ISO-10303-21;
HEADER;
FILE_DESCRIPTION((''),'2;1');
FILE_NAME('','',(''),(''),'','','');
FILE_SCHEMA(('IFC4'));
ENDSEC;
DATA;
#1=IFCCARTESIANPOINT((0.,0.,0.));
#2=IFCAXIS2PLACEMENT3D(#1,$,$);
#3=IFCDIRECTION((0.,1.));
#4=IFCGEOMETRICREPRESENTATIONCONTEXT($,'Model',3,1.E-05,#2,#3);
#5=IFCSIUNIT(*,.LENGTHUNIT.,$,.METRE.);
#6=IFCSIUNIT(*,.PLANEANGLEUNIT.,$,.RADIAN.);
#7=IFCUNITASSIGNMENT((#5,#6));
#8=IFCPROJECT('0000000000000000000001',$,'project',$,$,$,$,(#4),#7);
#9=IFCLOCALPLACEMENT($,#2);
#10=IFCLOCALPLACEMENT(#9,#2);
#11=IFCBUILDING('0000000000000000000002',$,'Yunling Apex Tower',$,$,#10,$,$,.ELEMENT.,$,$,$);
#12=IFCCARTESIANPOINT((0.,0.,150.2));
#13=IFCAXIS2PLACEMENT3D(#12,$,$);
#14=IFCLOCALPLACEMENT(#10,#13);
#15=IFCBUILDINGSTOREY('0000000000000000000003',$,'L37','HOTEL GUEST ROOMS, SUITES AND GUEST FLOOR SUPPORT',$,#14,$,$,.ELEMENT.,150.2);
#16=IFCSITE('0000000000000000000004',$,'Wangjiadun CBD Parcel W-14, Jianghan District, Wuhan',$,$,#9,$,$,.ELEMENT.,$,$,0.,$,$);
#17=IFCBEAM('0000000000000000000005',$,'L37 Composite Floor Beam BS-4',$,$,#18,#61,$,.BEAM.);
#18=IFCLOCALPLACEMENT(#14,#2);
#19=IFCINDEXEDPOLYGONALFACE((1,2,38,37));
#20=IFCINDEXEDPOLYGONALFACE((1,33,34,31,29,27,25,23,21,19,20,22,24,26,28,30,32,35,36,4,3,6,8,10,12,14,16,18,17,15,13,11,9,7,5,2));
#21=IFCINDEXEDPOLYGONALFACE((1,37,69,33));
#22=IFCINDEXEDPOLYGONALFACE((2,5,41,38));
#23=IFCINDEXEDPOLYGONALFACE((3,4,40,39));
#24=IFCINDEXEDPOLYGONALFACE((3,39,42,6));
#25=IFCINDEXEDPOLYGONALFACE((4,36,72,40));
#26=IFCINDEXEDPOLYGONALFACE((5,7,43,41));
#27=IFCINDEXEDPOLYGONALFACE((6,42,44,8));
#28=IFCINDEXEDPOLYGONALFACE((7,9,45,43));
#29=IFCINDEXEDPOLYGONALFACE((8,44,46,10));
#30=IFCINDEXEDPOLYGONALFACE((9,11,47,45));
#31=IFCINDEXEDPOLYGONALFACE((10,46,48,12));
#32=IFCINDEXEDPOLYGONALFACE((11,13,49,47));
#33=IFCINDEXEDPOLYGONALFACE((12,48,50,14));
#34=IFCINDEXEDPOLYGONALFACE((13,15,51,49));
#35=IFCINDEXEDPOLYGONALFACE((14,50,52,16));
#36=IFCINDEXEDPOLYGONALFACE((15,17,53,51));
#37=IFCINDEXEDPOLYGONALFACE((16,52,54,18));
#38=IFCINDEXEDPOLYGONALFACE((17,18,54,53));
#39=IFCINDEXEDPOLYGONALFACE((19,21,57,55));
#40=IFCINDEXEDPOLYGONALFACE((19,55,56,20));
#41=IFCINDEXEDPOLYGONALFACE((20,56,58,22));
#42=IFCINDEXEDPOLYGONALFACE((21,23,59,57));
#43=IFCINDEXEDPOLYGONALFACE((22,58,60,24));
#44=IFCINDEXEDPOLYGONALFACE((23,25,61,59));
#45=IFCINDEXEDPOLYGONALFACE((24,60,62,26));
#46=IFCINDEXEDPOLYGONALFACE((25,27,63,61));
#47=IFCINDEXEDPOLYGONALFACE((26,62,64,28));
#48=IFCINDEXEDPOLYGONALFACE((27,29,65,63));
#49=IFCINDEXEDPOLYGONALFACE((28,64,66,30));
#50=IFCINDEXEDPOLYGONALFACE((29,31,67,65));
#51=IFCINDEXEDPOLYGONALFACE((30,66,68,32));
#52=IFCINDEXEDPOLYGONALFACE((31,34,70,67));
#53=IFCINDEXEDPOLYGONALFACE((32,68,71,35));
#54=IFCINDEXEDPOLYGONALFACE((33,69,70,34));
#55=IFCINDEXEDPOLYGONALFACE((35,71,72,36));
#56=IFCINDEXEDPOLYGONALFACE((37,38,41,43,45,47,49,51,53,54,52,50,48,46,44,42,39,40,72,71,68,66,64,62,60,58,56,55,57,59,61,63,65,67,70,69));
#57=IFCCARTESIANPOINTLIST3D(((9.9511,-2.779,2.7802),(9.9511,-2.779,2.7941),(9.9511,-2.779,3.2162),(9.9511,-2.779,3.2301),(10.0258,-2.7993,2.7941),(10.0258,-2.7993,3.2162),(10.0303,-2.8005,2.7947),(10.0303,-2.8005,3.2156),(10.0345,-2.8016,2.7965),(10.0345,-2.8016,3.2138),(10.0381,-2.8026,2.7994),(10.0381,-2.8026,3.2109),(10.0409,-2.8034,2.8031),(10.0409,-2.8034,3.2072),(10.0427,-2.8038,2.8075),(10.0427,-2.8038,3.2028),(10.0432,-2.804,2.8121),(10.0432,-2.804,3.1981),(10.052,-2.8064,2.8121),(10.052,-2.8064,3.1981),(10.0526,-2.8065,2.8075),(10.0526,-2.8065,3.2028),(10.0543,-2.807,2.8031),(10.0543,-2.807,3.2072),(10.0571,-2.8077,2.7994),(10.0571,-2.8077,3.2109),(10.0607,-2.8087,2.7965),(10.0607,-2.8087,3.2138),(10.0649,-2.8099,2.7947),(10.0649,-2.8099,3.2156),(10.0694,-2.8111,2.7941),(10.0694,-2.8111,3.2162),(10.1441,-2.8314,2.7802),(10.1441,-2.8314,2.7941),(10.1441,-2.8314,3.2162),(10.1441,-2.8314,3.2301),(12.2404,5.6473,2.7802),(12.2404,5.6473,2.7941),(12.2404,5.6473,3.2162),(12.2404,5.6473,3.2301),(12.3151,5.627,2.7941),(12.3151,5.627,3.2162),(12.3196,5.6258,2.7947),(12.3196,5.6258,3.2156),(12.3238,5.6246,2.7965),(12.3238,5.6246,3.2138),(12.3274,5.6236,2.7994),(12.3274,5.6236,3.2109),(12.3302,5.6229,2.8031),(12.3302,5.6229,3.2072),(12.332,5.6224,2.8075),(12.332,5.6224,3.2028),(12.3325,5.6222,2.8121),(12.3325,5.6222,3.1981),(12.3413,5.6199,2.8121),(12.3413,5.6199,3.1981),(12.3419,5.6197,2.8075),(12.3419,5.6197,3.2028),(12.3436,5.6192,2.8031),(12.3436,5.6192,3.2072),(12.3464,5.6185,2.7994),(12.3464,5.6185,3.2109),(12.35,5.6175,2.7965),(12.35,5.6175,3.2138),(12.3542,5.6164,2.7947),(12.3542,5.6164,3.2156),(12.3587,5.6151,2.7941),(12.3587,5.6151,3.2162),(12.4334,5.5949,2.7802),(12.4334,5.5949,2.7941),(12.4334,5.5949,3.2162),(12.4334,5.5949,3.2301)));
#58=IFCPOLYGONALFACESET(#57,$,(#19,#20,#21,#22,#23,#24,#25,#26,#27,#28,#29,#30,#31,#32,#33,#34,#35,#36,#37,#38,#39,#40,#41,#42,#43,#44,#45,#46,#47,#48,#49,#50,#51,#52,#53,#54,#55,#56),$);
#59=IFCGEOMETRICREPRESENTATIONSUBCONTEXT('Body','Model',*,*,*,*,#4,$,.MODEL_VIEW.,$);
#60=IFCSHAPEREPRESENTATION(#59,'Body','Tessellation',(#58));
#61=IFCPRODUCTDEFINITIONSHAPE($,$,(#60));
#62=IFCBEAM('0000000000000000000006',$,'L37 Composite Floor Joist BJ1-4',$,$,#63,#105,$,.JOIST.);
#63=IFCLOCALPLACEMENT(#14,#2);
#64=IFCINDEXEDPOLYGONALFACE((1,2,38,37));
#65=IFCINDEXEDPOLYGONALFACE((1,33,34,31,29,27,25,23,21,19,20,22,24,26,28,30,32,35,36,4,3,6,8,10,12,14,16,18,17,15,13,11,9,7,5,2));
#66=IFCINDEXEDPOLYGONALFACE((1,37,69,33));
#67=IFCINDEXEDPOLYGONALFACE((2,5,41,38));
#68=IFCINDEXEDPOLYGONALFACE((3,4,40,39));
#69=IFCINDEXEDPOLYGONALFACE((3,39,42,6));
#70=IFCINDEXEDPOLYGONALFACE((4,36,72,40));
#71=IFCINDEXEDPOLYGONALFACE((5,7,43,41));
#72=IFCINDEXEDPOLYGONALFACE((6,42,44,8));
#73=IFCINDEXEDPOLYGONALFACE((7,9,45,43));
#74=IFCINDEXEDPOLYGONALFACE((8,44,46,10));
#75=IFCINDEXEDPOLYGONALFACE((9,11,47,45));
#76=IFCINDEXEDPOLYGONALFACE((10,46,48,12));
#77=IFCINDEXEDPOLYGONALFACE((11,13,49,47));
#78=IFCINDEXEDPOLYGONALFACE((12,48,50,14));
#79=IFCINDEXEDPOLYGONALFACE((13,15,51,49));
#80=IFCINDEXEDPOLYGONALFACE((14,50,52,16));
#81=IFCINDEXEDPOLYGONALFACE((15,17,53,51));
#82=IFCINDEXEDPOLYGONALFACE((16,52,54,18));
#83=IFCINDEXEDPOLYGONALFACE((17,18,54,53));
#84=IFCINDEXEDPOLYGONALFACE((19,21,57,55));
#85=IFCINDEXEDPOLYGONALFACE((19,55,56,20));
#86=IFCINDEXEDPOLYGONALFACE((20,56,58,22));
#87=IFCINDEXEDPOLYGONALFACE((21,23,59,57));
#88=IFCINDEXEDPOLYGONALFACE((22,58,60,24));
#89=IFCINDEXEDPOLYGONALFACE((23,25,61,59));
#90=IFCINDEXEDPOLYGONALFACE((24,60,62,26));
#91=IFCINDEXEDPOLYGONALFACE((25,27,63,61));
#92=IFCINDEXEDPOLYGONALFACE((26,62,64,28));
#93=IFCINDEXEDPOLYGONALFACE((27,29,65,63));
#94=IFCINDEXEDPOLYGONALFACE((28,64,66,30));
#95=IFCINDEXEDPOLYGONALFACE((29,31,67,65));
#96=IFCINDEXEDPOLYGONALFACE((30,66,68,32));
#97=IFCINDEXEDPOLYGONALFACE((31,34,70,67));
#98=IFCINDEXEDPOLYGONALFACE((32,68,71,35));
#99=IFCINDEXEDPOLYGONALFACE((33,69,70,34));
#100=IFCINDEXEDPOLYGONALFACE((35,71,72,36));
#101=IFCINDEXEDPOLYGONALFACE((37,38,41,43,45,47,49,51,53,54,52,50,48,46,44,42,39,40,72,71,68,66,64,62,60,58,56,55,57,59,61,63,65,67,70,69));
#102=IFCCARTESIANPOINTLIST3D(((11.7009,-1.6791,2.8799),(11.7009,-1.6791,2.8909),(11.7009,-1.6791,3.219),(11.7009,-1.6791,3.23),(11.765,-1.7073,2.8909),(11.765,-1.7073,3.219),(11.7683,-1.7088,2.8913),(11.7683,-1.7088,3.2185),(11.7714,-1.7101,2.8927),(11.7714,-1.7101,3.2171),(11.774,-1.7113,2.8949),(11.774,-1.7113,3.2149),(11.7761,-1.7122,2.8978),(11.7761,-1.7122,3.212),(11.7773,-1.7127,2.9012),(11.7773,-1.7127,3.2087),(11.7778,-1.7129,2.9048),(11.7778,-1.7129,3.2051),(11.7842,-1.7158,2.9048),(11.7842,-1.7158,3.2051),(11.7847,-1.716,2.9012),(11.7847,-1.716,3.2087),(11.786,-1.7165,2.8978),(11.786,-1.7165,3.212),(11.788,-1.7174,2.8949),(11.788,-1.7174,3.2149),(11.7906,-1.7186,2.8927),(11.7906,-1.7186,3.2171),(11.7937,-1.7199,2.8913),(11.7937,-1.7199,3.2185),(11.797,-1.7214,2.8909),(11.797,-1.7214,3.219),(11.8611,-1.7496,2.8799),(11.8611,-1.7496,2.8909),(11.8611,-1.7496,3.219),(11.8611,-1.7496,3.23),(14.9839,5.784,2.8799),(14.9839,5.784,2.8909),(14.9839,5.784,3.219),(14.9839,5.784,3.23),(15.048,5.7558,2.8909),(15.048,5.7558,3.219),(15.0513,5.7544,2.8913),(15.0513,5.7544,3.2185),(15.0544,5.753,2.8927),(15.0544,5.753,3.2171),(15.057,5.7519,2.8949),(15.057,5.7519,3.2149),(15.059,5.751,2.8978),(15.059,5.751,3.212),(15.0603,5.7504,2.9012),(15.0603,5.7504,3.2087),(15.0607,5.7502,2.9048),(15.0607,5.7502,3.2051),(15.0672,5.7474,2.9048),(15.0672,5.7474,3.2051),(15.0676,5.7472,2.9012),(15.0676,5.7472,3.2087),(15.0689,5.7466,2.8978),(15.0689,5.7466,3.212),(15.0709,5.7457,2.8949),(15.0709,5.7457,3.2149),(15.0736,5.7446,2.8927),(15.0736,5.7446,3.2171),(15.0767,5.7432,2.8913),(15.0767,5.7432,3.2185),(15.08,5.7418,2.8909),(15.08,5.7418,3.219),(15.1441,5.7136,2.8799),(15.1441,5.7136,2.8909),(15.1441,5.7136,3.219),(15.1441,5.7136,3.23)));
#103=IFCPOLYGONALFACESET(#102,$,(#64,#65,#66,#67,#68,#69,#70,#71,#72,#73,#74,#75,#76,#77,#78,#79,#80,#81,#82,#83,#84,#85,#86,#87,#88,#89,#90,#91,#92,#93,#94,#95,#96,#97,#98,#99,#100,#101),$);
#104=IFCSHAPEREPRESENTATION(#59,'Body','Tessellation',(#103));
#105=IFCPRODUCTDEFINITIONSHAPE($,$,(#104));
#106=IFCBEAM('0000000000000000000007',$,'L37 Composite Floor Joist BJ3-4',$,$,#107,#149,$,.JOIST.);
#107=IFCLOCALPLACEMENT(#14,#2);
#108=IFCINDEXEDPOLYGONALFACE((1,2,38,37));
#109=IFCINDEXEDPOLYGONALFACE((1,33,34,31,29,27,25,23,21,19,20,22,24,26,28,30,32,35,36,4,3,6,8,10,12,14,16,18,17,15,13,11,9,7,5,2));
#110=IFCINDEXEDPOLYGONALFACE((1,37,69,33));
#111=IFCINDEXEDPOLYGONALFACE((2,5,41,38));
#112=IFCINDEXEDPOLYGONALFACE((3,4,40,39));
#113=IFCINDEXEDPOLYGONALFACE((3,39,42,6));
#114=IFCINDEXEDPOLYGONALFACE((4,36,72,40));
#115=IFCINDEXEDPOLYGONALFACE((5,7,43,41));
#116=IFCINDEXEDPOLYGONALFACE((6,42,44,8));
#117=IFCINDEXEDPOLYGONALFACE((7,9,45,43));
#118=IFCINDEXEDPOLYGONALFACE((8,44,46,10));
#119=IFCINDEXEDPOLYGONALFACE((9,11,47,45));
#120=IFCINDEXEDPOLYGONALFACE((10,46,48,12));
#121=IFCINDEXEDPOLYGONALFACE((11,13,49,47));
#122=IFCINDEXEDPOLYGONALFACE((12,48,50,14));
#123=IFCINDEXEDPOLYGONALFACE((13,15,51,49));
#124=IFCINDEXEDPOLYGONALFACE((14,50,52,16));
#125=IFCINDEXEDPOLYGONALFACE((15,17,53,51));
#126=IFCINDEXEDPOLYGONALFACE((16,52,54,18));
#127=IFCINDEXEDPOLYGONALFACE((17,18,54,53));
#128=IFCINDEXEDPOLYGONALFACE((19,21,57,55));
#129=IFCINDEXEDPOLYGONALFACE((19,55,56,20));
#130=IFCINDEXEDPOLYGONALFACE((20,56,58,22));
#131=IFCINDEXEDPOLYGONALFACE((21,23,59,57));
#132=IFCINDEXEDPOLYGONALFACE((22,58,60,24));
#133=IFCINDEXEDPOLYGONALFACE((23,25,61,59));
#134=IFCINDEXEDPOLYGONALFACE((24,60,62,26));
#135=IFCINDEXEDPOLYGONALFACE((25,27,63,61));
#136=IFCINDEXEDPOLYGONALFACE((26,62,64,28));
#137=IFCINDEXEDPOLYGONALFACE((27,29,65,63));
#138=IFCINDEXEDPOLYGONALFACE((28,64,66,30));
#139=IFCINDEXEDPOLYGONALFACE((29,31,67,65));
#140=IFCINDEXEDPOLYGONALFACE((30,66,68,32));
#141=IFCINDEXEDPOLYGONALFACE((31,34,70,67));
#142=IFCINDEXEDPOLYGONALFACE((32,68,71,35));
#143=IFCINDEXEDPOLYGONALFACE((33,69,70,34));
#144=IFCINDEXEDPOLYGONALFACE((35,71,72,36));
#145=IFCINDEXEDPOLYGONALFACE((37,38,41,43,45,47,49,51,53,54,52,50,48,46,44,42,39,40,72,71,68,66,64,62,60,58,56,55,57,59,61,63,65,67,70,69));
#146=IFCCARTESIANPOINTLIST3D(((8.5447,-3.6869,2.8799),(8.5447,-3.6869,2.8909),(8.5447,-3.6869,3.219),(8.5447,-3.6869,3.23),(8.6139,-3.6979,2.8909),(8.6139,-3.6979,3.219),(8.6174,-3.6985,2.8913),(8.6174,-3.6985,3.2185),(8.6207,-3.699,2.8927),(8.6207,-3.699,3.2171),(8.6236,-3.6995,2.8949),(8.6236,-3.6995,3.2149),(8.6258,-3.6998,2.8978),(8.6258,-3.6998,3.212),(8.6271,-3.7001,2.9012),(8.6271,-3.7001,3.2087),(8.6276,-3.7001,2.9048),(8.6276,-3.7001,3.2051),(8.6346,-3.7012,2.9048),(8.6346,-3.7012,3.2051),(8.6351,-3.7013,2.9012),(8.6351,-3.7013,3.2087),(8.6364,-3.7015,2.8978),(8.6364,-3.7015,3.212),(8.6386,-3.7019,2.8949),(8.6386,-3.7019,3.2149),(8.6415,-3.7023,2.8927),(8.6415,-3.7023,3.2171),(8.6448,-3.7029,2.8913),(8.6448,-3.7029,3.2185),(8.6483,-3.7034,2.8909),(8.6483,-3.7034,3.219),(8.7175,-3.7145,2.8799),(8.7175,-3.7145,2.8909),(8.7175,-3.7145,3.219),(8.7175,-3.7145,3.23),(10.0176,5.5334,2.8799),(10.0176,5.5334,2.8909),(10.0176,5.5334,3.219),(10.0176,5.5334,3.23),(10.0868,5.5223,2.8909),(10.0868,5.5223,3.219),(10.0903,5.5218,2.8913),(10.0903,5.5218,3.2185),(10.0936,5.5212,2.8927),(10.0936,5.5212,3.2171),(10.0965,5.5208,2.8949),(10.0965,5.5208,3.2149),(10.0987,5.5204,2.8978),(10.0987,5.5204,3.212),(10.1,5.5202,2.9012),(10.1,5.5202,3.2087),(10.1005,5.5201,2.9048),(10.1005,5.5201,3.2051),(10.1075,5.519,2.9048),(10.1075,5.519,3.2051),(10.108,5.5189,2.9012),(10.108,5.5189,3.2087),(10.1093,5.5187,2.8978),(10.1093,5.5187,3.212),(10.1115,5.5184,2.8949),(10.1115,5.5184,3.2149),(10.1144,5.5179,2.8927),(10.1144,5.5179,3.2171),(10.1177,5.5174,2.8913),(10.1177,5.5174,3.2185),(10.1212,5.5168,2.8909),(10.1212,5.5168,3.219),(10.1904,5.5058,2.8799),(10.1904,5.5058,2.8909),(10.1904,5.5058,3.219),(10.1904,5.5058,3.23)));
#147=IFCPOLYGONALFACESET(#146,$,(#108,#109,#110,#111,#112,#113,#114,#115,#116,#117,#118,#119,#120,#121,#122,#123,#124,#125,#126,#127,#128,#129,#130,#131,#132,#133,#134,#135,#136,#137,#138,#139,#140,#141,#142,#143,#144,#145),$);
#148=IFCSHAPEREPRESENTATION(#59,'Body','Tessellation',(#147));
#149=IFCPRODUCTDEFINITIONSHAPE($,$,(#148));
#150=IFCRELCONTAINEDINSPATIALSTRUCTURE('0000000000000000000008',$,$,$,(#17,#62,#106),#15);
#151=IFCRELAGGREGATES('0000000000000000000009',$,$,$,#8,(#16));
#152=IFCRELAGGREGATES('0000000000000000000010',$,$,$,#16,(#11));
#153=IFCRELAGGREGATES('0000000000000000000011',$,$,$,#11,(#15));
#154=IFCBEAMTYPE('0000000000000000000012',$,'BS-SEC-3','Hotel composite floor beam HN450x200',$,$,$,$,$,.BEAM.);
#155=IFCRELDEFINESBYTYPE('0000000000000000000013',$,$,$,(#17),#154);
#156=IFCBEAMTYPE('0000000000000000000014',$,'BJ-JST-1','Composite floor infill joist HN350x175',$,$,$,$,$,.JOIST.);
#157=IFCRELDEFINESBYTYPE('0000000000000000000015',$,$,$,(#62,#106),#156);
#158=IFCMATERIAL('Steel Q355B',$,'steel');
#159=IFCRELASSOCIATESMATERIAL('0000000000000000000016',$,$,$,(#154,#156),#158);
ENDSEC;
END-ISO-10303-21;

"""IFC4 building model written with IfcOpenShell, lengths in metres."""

from ifc_helpers import new_model, si_unit, direction, frame, origin, origin_2d, place, context, subcontext, project, spatial, i_section, extrude, source, transform, mapped, material, material_profile, profile_set, type_object, element, save


model = new_model("IFC4")

# Units and contexts
model_context = context("Model", 3, precision=1e-05, world=origin(), true_north=direction((0.0, 1.0)))
body_context = subcontext(model_context, "Body", "Model", "MODEL_VIEW")
ifc_project = project(units=[si_unit("LENGTHUNIT", "METRE"), si_unit("PLANEANGLEUNIT", "RADIAN")], contexts=[model_context])

# Site, building, storey
site_placement = place(None, origin())
site = spatial("IfcSite", under=ifc_project, at=site_placement, Name="Wangjiadun CBD Parcel W-14, Jianghan District, Wuhan", CompositionType="ELEMENT", RefElevation=0.0)
building_placement = place(site_placement, origin())
building = spatial("IfcBuilding", under=site, at=building_placement, Name="Yunling Apex Tower", CompositionType="ELEMENT")
storey_placement = place(building_placement, frame((0.0, 0.0, 150.2)))
storey = spatial("IfcBuildingStorey", under=building, at=storey_placement, Name="L37", Description="HOTEL GUEST ROOMS, SUITES AND GUEST FLOOR SUPPORT", CompositionType="ELEMENT", Elevation=150.2)

# Beams
ifc_material_1 = material(Name="Steel Q355B", Category="steel")
ifc_material_profile_1 = material_profile(ifc_material_1, i_section(OverallWidth=0.2, OverallDepth=0.45, WebThickness=0.009, FlangeThickness=0.0139, FilletRadius=0.0181, at=origin_2d()))
ifc_profile_set_1 = profile_set([ifc_material_profile_1], Name="Steel Q355B")
beam_type_1 = type_object("IfcBeamType", Name="BS-SEC-3", Description="Hotel composite floor beam HN450x200", PredefinedType="BEAM", material=ifc_profile_set_1)
shared_shape_1 = source(origin(), body_context, "Body", "SweptSolid", [
    extrude(i_section(OverallWidth=0.2, OverallDepth=0.45, WebThickness=0.009, FlangeThickness=0.0139, FilletRadius=0.0181, at=origin_2d()), origin(), (0.0, 0.0, 1.0), 8.7317),
])
beam_1_placement = place(storey_placement, frame((10.0476, -2.8052, 3.0051), z_axis=(0.262183, 0.965018, 0.0), x_axis=(-0.965018, 0.262183, 0.0)))
element("IfcBeam", 1, at=beam_1_placement, inside=storey, type_object=beam_type_1, Name="L37 Composite Floor Beam BS-4", PredefinedType="BEAM", context=body_context, shape_type="MappedRepresentation", body=[
    mapped(shared_shape_1, transform((0.0, 0.0, 0.0), scale=1.0)),
])
ifc_material_profile_2 = material_profile(ifc_material_1, i_section(OverallWidth=0.175, OverallDepth=0.3501, WebThickness=0.0071, FlangeThickness=0.011, FilletRadius=0.0139, at=origin_2d()))
ifc_profile_set_2 = profile_set([ifc_material_profile_2], Name="Steel Q355B")
beam_type_2 = type_object("IfcBeamType", Name="BJ-JST-1", Description="Composite floor infill joist HN350x175", PredefinedType="JOIST", material=ifc_profile_set_2)
shared_shape_2 = source(origin(), body_context, "Body", "SweptSolid", [
    extrude(i_section(OverallWidth=0.175, OverallDepth=0.3501, WebThickness=0.0071, FlangeThickness=0.011, FilletRadius=0.0139, at=origin_2d()), origin(), (0.0, 0.0, 1.0), 8.1533),
])
beam_2_placement = place(storey_placement, frame((11.781, -1.7144, 3.0549), z_axis=(0.402654, 0.915352, 0.0), x_axis=(-0.915352, 0.402654, 0.0)))
element("IfcBeam", 2, at=beam_2_placement, inside=storey, type_object=beam_type_2, Name="L37 Composite Floor Joist BJ1-4", PredefinedType="JOIST", context=body_context, shape_type="MappedRepresentation", body=[
    mapped(shared_shape_2, transform((0.0, 0.0, 0.0), scale=1.0)),
])
shared_shape_3 = source(origin(), body_context, "Body", "SweptSolid", [
    extrude(i_section(OverallWidth=0.175, OverallDepth=0.3501, WebThickness=0.0071, FlangeThickness=0.011, FilletRadius=0.0139, at=origin_2d()), origin(), (0.0, 0.0, 1.0), 9.3372),
])
beam_3_placement = place(storey_placement, frame((8.6311, -3.7007, 3.0549), z_axis=(0.157747, 0.98748, 0.0), x_axis=(-0.98748, 0.157747, 0.0)))
element("IfcBeam", 3, at=beam_3_placement, inside=storey, type_object=beam_type_2, Name="L37 Composite Floor Joist BJ3-4", PredefinedType="JOIST", context=body_context, shape_type="MappedRepresentation", body=[
    mapped(shared_shape_3, transform((0.0, 0.0, 0.0), scale=1.0)),
])

save(model, "model.ifc")
